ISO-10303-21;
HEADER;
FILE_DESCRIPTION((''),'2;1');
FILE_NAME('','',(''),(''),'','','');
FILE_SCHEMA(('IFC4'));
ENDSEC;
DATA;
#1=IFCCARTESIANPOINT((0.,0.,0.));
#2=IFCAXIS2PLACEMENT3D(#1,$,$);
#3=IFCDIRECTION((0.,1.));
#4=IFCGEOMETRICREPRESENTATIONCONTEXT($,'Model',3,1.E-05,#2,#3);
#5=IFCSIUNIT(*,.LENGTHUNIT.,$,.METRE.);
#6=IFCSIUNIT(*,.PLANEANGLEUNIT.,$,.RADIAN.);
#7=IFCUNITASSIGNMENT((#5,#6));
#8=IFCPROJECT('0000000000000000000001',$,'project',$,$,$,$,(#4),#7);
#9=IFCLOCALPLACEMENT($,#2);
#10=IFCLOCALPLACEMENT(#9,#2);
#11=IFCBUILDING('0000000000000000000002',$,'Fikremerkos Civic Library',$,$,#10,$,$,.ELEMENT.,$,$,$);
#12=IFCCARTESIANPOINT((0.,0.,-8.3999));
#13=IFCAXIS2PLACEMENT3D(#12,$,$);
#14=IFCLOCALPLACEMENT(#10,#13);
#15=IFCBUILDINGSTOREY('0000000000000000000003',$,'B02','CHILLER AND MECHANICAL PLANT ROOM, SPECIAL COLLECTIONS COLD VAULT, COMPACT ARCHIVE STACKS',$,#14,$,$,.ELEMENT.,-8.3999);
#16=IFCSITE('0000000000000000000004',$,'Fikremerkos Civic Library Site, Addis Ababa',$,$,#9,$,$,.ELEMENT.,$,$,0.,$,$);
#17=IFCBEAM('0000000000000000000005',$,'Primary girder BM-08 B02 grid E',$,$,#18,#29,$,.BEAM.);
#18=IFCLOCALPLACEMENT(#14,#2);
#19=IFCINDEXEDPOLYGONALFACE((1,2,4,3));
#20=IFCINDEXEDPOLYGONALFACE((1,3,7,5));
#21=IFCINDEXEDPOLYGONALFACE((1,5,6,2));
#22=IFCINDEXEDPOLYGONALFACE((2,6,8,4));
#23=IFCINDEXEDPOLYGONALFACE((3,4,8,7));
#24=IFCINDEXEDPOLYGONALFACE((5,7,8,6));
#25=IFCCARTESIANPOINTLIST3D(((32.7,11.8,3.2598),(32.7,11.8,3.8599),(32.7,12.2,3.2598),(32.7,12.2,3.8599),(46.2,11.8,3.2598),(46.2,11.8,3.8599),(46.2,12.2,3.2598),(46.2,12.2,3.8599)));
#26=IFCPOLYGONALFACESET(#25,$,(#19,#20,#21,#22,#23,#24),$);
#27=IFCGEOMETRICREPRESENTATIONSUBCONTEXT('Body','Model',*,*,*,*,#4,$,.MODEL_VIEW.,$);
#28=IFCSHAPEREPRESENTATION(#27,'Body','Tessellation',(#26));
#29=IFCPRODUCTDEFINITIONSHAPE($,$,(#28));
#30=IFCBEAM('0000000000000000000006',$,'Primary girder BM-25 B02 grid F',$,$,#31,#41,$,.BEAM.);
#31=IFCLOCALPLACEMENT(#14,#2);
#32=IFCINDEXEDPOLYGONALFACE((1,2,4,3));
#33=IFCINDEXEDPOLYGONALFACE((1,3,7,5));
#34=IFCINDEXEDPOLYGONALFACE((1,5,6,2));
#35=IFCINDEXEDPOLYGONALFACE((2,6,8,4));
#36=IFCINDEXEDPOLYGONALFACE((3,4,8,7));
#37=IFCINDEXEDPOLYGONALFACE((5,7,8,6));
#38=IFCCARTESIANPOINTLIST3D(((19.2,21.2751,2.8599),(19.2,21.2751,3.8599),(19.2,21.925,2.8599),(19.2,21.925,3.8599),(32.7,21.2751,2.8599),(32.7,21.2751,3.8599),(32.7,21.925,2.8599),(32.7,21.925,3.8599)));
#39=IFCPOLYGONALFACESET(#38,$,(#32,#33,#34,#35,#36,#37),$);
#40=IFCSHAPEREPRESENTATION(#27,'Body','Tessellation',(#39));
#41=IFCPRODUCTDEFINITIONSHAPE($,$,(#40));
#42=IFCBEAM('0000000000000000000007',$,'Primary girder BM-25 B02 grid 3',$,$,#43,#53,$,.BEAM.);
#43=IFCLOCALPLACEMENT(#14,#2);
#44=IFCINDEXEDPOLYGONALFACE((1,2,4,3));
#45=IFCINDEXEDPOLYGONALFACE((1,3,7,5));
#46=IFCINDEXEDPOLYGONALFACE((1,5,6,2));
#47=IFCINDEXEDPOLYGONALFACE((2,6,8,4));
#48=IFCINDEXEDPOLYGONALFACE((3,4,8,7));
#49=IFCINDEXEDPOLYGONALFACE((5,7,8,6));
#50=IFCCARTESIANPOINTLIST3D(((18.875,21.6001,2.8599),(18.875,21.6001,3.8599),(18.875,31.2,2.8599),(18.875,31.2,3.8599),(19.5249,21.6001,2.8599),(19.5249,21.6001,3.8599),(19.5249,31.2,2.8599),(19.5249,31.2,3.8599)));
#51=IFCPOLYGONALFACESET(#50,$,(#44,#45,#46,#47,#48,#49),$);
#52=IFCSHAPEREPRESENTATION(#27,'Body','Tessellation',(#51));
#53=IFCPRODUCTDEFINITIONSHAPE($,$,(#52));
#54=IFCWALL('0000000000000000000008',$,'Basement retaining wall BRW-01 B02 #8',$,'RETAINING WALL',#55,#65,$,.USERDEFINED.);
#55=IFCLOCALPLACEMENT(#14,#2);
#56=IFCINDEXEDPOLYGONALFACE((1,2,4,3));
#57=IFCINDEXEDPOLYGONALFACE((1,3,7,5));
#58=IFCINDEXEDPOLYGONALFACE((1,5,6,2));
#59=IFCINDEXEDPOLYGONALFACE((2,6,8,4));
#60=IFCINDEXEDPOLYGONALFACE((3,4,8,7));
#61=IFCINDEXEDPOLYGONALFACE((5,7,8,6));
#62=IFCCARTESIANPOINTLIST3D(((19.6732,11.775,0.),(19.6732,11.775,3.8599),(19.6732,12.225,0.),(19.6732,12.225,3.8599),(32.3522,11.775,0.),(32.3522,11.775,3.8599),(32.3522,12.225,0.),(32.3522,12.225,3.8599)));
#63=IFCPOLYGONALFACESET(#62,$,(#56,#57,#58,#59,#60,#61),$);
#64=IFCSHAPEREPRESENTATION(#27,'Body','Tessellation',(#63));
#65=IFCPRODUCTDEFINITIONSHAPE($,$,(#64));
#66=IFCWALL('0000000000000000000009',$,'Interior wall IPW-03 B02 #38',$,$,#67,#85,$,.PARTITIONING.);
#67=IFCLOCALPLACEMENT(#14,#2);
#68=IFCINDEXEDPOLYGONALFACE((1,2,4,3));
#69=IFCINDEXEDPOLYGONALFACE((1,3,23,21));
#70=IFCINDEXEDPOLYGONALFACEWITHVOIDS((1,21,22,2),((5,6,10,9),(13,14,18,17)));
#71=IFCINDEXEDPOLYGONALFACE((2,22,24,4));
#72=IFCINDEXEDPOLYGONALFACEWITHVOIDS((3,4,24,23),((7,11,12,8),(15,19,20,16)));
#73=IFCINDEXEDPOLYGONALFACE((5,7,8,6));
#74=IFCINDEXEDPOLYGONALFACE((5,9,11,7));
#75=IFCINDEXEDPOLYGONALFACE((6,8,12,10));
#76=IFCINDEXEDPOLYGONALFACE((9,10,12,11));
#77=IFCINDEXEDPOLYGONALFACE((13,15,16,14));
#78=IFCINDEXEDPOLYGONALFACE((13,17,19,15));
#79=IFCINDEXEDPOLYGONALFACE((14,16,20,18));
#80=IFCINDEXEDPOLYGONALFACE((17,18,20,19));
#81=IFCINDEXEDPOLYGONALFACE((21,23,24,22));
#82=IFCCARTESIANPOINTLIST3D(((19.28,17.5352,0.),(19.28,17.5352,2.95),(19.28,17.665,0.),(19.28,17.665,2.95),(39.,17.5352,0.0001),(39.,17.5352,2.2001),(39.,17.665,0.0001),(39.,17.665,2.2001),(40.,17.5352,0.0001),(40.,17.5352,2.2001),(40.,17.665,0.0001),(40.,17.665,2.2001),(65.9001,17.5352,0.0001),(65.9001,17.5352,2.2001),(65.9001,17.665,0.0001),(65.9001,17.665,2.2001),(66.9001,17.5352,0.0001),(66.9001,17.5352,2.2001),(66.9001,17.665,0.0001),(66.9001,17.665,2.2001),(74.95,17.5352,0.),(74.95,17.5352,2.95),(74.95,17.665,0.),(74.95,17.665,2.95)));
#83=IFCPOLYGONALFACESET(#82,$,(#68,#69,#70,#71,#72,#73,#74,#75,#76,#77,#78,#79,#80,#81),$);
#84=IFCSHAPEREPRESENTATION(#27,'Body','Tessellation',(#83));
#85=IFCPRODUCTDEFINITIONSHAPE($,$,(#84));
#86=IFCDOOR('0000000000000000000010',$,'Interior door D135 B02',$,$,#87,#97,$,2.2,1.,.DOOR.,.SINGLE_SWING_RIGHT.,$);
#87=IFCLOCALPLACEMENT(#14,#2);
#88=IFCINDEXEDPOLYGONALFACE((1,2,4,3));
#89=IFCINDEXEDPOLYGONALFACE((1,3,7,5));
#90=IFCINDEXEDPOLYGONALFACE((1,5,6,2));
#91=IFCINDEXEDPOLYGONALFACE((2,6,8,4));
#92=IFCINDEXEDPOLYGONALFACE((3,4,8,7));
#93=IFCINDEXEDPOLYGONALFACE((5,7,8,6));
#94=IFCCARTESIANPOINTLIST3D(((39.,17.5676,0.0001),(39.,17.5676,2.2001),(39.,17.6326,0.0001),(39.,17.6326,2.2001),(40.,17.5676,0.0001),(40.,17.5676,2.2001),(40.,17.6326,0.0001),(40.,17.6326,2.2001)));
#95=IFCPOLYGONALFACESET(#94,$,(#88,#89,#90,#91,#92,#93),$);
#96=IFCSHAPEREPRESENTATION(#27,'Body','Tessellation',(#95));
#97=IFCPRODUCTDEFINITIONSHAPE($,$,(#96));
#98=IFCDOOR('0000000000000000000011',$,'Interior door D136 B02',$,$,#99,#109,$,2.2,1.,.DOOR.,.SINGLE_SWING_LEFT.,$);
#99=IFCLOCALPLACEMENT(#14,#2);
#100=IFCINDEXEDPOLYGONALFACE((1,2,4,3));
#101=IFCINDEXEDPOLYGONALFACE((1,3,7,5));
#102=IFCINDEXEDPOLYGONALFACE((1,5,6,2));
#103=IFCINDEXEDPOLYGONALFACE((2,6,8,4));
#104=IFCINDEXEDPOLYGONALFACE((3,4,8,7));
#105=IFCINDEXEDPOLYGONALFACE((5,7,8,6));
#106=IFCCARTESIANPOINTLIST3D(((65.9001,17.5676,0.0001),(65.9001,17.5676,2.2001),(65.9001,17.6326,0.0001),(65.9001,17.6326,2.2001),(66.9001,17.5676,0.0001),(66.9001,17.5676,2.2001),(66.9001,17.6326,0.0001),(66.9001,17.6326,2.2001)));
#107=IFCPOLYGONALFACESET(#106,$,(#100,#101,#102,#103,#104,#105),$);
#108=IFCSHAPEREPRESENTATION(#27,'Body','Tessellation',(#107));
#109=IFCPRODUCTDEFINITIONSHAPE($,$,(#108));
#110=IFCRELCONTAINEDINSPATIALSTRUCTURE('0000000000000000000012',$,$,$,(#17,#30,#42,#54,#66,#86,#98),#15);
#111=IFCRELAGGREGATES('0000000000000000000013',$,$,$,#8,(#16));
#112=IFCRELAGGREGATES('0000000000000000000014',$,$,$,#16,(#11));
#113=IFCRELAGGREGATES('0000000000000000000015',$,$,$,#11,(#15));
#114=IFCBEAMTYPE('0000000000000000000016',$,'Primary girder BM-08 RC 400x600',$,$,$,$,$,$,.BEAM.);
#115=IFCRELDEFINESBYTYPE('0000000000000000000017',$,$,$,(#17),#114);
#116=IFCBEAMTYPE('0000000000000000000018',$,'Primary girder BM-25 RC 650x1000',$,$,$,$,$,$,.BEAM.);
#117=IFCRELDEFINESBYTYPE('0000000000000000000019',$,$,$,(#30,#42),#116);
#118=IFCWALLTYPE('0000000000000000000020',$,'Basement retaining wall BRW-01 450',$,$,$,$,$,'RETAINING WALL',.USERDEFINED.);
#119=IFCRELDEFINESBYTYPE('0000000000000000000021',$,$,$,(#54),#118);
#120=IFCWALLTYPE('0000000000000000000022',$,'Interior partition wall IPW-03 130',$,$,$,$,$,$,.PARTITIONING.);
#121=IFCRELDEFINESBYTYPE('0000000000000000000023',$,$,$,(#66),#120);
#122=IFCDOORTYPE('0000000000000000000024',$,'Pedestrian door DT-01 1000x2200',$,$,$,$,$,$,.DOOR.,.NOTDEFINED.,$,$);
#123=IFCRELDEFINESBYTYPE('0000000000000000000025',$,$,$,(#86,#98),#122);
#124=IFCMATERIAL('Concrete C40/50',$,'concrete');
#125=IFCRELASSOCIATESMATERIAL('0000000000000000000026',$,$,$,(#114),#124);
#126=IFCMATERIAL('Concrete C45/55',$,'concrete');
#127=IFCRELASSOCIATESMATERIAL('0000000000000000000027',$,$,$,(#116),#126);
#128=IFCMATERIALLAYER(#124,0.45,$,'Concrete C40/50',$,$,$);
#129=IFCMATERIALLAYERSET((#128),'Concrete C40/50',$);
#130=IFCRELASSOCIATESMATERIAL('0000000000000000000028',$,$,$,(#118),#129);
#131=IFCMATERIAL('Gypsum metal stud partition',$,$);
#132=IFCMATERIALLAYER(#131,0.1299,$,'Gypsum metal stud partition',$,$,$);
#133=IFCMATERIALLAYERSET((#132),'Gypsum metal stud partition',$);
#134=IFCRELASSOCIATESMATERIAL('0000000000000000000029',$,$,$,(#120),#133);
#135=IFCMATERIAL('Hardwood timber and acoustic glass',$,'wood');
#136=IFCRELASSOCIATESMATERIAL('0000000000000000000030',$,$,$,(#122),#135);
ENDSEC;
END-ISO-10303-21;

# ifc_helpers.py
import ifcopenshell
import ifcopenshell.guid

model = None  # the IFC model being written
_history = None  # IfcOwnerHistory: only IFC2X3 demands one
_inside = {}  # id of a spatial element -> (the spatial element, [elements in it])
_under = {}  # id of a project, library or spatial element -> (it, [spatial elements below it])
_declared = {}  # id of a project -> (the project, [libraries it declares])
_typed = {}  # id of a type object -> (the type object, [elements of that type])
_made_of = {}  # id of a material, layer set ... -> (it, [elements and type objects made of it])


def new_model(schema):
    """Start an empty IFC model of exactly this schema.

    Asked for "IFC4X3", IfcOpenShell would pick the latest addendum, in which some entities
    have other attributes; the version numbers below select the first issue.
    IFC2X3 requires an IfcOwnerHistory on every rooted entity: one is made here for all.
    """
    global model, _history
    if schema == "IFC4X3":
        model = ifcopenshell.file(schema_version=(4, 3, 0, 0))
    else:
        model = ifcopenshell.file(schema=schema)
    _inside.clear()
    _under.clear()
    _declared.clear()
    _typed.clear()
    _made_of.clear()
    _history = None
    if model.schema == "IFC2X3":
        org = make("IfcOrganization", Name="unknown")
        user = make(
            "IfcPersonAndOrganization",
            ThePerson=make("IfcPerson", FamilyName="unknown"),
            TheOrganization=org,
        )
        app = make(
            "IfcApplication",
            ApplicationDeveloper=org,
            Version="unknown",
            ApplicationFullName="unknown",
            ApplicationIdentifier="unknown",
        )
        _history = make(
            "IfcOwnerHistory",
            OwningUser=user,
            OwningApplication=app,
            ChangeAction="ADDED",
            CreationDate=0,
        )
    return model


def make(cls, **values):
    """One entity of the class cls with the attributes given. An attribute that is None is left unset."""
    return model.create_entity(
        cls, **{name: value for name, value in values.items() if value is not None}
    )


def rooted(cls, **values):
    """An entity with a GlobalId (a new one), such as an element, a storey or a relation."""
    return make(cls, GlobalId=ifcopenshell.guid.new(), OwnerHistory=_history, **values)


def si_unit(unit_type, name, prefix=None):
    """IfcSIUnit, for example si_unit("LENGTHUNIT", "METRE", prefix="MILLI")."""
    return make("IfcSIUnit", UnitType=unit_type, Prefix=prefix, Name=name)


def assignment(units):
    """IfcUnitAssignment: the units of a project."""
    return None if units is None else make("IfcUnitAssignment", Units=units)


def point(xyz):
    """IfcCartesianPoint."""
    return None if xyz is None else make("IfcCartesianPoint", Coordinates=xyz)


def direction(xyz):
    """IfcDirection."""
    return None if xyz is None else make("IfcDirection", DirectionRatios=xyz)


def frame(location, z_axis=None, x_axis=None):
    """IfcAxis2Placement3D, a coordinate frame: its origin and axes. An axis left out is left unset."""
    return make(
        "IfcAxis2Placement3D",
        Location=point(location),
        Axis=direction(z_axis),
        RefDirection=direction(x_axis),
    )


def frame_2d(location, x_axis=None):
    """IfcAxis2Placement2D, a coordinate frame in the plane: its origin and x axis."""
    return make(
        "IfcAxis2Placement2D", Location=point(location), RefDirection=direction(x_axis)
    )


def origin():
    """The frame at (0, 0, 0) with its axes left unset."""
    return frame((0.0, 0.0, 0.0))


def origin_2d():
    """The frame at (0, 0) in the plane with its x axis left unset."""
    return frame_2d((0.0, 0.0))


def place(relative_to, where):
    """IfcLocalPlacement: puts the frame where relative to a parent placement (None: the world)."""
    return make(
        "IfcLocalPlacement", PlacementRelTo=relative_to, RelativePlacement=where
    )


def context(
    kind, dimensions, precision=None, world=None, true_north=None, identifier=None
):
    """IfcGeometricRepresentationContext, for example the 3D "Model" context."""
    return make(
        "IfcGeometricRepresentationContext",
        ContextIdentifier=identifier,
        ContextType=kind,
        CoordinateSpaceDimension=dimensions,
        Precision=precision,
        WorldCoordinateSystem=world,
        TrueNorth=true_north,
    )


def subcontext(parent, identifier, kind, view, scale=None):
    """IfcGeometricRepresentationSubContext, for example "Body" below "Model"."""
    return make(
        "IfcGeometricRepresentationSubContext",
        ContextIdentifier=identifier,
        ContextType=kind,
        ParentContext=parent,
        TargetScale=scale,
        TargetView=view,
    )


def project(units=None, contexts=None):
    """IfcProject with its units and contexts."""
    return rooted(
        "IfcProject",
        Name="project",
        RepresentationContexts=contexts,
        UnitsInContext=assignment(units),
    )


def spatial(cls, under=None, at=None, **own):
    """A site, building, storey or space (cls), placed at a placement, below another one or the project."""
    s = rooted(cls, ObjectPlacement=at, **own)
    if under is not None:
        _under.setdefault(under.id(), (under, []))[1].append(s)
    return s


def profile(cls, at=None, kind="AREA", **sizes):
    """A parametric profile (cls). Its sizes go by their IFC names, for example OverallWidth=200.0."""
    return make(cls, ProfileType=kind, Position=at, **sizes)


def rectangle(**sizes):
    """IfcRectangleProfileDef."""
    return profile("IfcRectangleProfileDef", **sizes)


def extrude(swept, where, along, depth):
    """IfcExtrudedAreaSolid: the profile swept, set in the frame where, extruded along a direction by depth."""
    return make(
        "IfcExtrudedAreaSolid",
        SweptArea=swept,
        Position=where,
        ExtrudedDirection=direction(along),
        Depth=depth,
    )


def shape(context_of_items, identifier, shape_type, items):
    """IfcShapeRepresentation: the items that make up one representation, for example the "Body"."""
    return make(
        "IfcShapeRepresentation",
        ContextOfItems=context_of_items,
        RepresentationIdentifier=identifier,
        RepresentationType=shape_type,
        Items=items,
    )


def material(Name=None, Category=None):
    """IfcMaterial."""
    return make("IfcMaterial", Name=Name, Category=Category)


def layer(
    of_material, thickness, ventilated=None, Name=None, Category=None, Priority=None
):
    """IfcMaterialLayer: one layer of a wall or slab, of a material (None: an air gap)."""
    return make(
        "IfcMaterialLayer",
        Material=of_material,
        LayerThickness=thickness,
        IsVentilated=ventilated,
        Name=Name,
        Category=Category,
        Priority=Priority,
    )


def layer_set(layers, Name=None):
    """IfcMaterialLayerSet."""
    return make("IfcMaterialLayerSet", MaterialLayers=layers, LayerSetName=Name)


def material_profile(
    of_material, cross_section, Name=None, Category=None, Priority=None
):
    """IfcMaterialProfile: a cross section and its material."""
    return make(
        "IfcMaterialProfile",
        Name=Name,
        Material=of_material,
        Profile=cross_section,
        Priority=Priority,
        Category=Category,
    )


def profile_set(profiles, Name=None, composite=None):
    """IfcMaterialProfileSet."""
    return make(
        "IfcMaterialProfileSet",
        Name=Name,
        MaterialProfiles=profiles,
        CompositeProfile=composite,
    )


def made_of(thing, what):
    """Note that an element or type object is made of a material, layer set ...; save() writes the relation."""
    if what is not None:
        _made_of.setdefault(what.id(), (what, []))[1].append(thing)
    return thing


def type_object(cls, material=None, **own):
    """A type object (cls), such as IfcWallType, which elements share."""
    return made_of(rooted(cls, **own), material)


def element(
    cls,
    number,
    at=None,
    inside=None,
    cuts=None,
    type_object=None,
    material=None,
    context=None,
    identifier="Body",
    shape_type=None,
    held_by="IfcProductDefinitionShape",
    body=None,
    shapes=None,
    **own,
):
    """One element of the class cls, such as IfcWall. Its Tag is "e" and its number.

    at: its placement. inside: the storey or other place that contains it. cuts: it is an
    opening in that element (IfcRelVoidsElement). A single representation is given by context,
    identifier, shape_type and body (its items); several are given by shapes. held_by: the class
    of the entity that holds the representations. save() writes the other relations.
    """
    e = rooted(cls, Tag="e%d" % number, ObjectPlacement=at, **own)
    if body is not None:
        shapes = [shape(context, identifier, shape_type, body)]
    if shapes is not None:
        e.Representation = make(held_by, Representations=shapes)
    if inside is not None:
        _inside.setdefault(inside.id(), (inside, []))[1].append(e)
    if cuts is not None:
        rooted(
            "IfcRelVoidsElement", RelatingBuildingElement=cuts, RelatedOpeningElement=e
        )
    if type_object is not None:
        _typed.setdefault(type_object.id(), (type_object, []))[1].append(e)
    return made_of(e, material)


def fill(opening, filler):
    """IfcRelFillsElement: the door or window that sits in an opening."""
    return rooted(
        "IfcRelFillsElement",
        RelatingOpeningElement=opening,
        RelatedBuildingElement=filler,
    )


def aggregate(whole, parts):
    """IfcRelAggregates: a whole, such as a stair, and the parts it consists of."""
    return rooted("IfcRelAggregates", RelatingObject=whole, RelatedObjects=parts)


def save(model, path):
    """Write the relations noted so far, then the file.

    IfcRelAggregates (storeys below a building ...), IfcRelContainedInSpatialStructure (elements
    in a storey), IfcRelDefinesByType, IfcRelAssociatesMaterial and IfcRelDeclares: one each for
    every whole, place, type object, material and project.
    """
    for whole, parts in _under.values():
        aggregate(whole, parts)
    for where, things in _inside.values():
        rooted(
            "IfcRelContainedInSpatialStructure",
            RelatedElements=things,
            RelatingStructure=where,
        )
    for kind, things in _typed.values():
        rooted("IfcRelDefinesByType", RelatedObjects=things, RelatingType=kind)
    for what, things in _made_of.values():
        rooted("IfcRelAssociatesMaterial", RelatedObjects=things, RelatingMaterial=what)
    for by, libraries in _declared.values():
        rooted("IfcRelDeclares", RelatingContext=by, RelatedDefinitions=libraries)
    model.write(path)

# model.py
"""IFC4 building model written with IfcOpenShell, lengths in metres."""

from ifc_helpers import new_model, si_unit, direction, frame, frame_2d, origin, origin_2d, place, context, subcontext, project, spatial, rectangle, extrude, material, layer, layer_set, material_profile, profile_set, type_object, element, fill, save


model = new_model("IFC4")

# Units and contexts
model_context = context("Model", 3, precision=1e-05, world=origin(), true_north=direction((0.0, 1.0)))
body_context = subcontext(model_context, "Body", "Model", "MODEL_VIEW")
ifc_project = project(units=[si_unit("LENGTHUNIT", "METRE"), si_unit("PLANEANGLEUNIT", "RADIAN")], contexts=[model_context])

# Site, building, storey
site_placement = place(None, origin())
site = spatial("IfcSite", under=ifc_project, at=site_placement, Name="Fikremerkos Civic Library Site, Addis Ababa", CompositionType="ELEMENT", RefElevation=0.0)
building_placement = place(site_placement, origin())
building = spatial("IfcBuilding", under=site, at=building_placement, Name="Fikremerkos Civic Library", CompositionType="ELEMENT")
storey_placement = place(building_placement, frame((0.0, 0.0, -8.3999)))
storey = spatial("IfcBuildingStorey", under=building, at=storey_placement, Name="B02", Description="CHILLER AND MECHANICAL PLANT ROOM, SPECIAL COLLECTIONS COLD VAULT, COMPACT ARCHIVE STACKS", CompositionType="ELEMENT", Elevation=-8.3999)

# Shared definitions
ifc_material_1 = material(Name="Concrete C40/50", Category="concrete")

# Shared definitions
ifc_material_2 = material(Name="Concrete C45/55", Category="concrete")

# Beams
ifc_material_profile_1 = material_profile(ifc_material_1, rectangle(XDim=0.3999, YDim=0.6001, at=origin_2d()), Name="RC 400x600")
ifc_profile_set_1 = profile_set([ifc_material_profile_1], Name="Concrete C40/50")
beam_type_1 = type_object("IfcBeamType", Name="Primary girder BM-08 RC 400x600", PredefinedType="BEAM", material=ifc_profile_set_1)
beam_1_placement = place(storey_placement, frame((32.7, 12.0, 3.5598), z_axis=(1.0, 0.0, 0.0), x_axis=(0.0, 1.0, 0.0)))
element("IfcBeam", 1, at=beam_1_placement, inside=storey, type_object=beam_type_1, Name="Primary girder BM-08 B02 grid E", PredefinedType="BEAM", context=body_context, shape_type="SweptSolid", body=[
    extrude(rectangle(XDim=0.3999, YDim=0.6001, at=origin_2d()), origin(), (0.0, 0.0, 1.0), 13.5),
])
ifc_material_profile_2 = material_profile(ifc_material_2, rectangle(XDim=0.6499, YDim=1.0, at=origin_2d()), Name="RC 650x1000")
ifc_profile_set_2 = profile_set([ifc_material_profile_2], Name="Concrete C45/55")
beam_type_2 = type_object("IfcBeamType", Name="Primary girder BM-25 RC 650x1000", PredefinedType="BEAM", material=ifc_profile_set_2)
beam_2_placement = place(storey_placement, frame((19.2, 21.6001, 3.3599), z_axis=(1.0, 0.0, 0.0), x_axis=(0.0, 1.0, 0.0)))
element("IfcBeam", 2, at=beam_2_placement, inside=storey, type_object=beam_type_2, Name="Primary girder BM-25 B02 grid F", PredefinedType="BEAM", context=body_context, shape_type="SweptSolid", body=[
    extrude(rectangle(XDim=0.6499, YDim=1.0, at=origin_2d()), origin(), (0.0, 0.0, 1.0), 13.5),
])
beam_3_placement = place(storey_placement, frame((19.2, 21.6001, 3.3599), z_axis=(0.0, 1.0, 0.0), x_axis=(-1.0, 0.0, 0.0)))
element("IfcBeam", 3, at=beam_3_placement, inside=storey, type_object=beam_type_2, Name="Primary girder BM-25 B02 grid 3", PredefinedType="BEAM", context=body_context, shape_type="SweptSolid", body=[
    extrude(rectangle(XDim=0.6499, YDim=1.0, at=origin_2d()), origin(), (0.0, 0.0, 1.0), 9.5999),
])

# Wall
ifc_layer_1 = layer(ifc_material_1, 0.45, Name="Concrete C40/50")
ifc_layer_set_1 = layer_set([ifc_layer_1], Name="Concrete C40/50")
wall_type_1 = type_object("IfcWallType", Name="Basement retaining wall BRW-01 450", ElementType="RETAINING WALL", PredefinedType="USERDEFINED", material=ifc_layer_set_1)
wall_1_placement = place(storey_placement, frame((32.3521, 12.0, 0.0), z_axis=(0.0, 0.0, 1.0), x_axis=(-1.0, 0.0, 0.0)))
element("IfcWall", 4, at=wall_1_placement, inside=storey, type_object=wall_type_1, Name="Basement retaining wall BRW-01 B02 #8", ObjectType="RETAINING WALL", PredefinedType="USERDEFINED", context=body_context, shape_type="SweptSolid", body=[
    extrude(rectangle(XDim=12.679, YDim=0.45, at=frame_2d((6.3394, 0.0))), origin(), (0.0, 0.0, 1.0), 3.8599),
])

# Wall, openings, doors
ifc_material_3 = material(Name="Gypsum metal stud partition")
ifc_layer_2 = layer(ifc_material_3, 0.1299, Name="Gypsum metal stud partition")
ifc_layer_set_2 = layer_set([ifc_layer_2], Name="Gypsum metal stud partition")
wall_type_2 = type_object("IfcWallType", Name="Interior partition wall IPW-03 130", PredefinedType="PARTITIONING", material=ifc_layer_set_2)
wall_2_placement = place(storey_placement, frame((19.28, 17.6001, 0.0), z_axis=(0.0, 0.0, 1.0), x_axis=(1.0, 0.0, 0.0)))
wall_2 = element("IfcWall", 5, at=wall_2_placement, inside=storey, type_object=wall_type_2, Name="Interior wall IPW-03 B02 #38", PredefinedType="PARTITIONING", context=body_context, shape_type="SweptSolid", body=[
    extrude(rectangle(XDim=55.6699, YDim=0.1299, at=frame_2d((27.835, 0.0))), origin(), (0.0, 0.0, 1.0), 2.95),
])
opening_1_placement = place(wall_2_placement, frame((19.72, 0.0, 0.0)))
opening_1 = element("IfcOpeningElement", 6, at=opening_1_placement, cuts=wall_2, PredefinedType="OPENING", context=body_context, shape_type="SweptSolid", body=[
    extrude(rectangle(XDim=1.0, YDim=2.2, at=frame_2d((0.5, 1.1001))), frame((0.0, 0.075, 0.0), z_axis=(0.0, -1.0, 0.0), x_axis=(1.0, 0.0, 0.0)), (0.0, 0.0, 1.0), 0.1499),
])
opening_2_placement = place(wall_2_placement, frame((46.6201, 0.0, 0.0)))
opening_2 = element("IfcOpeningElement", 7, at=opening_2_placement, cuts=wall_2, PredefinedType="OPENING", context=body_context, shape_type="SweptSolid", body=[
    extrude(rectangle(XDim=1.0, YDim=2.2, at=frame_2d((0.5, 1.1001))), frame((0.0, 0.075, 0.0), z_axis=(0.0, -1.0, 0.0), x_axis=(1.0, 0.0, 0.0)), (0.0, 0.0, 1.0), 0.1499),
])
ifc_material_4 = material(Name="Hardwood timber and acoustic glass", Category="wood")
door_type = type_object("IfcDoorType", Name="Pedestrian door DT-01 1000x2200", OperationType="NOTDEFINED", PredefinedType="DOOR", material=ifc_material_4)
door_1_placement = place(opening_1_placement, origin())
door_1 = element("IfcDoor", 8, at=door_1_placement, inside=storey, type_object=door_type, Name="Interior door D135 B02", OperationType="SINGLE_SWING_RIGHT", OverallHeight=2.2, OverallWidth=1.0, PredefinedType="DOOR", context=body_context, shape_type="SweptSolid", body=[
    extrude(rectangle(XDim=1.0, YDim=2.2, at=frame_2d((0.5, 1.1001))), frame((0.0, 0.0325, 0.0), z_axis=(0.0, -1.0, 0.0), x_axis=(1.0, 0.0, 0.0)), (0.0, 0.0, 1.0), 0.0649),
])
fill(opening_1, door_1)
door_2_placement = place(opening_2_placement, origin())
door_2 = element("IfcDoor", 9, at=door_2_placement, inside=storey, type_object=door_type, Name="Interior door D136 B02", OperationType="SINGLE_SWING_LEFT", OverallHeight=2.2, OverallWidth=1.0, PredefinedType="DOOR", context=body_context, shape_type="SweptSolid", body=[
    extrude(rectangle(XDim=1.0, YDim=2.2, at=frame_2d((0.5, 1.1001))), frame((0.0, 0.0325, 0.0), z_axis=(0.0, -1.0, 0.0), x_axis=(1.0, 0.0, 0.0)), (0.0, 0.0, 1.0), 0.0649),
])
fill(opening_2, door_2)

save(model, "model.ifc")
